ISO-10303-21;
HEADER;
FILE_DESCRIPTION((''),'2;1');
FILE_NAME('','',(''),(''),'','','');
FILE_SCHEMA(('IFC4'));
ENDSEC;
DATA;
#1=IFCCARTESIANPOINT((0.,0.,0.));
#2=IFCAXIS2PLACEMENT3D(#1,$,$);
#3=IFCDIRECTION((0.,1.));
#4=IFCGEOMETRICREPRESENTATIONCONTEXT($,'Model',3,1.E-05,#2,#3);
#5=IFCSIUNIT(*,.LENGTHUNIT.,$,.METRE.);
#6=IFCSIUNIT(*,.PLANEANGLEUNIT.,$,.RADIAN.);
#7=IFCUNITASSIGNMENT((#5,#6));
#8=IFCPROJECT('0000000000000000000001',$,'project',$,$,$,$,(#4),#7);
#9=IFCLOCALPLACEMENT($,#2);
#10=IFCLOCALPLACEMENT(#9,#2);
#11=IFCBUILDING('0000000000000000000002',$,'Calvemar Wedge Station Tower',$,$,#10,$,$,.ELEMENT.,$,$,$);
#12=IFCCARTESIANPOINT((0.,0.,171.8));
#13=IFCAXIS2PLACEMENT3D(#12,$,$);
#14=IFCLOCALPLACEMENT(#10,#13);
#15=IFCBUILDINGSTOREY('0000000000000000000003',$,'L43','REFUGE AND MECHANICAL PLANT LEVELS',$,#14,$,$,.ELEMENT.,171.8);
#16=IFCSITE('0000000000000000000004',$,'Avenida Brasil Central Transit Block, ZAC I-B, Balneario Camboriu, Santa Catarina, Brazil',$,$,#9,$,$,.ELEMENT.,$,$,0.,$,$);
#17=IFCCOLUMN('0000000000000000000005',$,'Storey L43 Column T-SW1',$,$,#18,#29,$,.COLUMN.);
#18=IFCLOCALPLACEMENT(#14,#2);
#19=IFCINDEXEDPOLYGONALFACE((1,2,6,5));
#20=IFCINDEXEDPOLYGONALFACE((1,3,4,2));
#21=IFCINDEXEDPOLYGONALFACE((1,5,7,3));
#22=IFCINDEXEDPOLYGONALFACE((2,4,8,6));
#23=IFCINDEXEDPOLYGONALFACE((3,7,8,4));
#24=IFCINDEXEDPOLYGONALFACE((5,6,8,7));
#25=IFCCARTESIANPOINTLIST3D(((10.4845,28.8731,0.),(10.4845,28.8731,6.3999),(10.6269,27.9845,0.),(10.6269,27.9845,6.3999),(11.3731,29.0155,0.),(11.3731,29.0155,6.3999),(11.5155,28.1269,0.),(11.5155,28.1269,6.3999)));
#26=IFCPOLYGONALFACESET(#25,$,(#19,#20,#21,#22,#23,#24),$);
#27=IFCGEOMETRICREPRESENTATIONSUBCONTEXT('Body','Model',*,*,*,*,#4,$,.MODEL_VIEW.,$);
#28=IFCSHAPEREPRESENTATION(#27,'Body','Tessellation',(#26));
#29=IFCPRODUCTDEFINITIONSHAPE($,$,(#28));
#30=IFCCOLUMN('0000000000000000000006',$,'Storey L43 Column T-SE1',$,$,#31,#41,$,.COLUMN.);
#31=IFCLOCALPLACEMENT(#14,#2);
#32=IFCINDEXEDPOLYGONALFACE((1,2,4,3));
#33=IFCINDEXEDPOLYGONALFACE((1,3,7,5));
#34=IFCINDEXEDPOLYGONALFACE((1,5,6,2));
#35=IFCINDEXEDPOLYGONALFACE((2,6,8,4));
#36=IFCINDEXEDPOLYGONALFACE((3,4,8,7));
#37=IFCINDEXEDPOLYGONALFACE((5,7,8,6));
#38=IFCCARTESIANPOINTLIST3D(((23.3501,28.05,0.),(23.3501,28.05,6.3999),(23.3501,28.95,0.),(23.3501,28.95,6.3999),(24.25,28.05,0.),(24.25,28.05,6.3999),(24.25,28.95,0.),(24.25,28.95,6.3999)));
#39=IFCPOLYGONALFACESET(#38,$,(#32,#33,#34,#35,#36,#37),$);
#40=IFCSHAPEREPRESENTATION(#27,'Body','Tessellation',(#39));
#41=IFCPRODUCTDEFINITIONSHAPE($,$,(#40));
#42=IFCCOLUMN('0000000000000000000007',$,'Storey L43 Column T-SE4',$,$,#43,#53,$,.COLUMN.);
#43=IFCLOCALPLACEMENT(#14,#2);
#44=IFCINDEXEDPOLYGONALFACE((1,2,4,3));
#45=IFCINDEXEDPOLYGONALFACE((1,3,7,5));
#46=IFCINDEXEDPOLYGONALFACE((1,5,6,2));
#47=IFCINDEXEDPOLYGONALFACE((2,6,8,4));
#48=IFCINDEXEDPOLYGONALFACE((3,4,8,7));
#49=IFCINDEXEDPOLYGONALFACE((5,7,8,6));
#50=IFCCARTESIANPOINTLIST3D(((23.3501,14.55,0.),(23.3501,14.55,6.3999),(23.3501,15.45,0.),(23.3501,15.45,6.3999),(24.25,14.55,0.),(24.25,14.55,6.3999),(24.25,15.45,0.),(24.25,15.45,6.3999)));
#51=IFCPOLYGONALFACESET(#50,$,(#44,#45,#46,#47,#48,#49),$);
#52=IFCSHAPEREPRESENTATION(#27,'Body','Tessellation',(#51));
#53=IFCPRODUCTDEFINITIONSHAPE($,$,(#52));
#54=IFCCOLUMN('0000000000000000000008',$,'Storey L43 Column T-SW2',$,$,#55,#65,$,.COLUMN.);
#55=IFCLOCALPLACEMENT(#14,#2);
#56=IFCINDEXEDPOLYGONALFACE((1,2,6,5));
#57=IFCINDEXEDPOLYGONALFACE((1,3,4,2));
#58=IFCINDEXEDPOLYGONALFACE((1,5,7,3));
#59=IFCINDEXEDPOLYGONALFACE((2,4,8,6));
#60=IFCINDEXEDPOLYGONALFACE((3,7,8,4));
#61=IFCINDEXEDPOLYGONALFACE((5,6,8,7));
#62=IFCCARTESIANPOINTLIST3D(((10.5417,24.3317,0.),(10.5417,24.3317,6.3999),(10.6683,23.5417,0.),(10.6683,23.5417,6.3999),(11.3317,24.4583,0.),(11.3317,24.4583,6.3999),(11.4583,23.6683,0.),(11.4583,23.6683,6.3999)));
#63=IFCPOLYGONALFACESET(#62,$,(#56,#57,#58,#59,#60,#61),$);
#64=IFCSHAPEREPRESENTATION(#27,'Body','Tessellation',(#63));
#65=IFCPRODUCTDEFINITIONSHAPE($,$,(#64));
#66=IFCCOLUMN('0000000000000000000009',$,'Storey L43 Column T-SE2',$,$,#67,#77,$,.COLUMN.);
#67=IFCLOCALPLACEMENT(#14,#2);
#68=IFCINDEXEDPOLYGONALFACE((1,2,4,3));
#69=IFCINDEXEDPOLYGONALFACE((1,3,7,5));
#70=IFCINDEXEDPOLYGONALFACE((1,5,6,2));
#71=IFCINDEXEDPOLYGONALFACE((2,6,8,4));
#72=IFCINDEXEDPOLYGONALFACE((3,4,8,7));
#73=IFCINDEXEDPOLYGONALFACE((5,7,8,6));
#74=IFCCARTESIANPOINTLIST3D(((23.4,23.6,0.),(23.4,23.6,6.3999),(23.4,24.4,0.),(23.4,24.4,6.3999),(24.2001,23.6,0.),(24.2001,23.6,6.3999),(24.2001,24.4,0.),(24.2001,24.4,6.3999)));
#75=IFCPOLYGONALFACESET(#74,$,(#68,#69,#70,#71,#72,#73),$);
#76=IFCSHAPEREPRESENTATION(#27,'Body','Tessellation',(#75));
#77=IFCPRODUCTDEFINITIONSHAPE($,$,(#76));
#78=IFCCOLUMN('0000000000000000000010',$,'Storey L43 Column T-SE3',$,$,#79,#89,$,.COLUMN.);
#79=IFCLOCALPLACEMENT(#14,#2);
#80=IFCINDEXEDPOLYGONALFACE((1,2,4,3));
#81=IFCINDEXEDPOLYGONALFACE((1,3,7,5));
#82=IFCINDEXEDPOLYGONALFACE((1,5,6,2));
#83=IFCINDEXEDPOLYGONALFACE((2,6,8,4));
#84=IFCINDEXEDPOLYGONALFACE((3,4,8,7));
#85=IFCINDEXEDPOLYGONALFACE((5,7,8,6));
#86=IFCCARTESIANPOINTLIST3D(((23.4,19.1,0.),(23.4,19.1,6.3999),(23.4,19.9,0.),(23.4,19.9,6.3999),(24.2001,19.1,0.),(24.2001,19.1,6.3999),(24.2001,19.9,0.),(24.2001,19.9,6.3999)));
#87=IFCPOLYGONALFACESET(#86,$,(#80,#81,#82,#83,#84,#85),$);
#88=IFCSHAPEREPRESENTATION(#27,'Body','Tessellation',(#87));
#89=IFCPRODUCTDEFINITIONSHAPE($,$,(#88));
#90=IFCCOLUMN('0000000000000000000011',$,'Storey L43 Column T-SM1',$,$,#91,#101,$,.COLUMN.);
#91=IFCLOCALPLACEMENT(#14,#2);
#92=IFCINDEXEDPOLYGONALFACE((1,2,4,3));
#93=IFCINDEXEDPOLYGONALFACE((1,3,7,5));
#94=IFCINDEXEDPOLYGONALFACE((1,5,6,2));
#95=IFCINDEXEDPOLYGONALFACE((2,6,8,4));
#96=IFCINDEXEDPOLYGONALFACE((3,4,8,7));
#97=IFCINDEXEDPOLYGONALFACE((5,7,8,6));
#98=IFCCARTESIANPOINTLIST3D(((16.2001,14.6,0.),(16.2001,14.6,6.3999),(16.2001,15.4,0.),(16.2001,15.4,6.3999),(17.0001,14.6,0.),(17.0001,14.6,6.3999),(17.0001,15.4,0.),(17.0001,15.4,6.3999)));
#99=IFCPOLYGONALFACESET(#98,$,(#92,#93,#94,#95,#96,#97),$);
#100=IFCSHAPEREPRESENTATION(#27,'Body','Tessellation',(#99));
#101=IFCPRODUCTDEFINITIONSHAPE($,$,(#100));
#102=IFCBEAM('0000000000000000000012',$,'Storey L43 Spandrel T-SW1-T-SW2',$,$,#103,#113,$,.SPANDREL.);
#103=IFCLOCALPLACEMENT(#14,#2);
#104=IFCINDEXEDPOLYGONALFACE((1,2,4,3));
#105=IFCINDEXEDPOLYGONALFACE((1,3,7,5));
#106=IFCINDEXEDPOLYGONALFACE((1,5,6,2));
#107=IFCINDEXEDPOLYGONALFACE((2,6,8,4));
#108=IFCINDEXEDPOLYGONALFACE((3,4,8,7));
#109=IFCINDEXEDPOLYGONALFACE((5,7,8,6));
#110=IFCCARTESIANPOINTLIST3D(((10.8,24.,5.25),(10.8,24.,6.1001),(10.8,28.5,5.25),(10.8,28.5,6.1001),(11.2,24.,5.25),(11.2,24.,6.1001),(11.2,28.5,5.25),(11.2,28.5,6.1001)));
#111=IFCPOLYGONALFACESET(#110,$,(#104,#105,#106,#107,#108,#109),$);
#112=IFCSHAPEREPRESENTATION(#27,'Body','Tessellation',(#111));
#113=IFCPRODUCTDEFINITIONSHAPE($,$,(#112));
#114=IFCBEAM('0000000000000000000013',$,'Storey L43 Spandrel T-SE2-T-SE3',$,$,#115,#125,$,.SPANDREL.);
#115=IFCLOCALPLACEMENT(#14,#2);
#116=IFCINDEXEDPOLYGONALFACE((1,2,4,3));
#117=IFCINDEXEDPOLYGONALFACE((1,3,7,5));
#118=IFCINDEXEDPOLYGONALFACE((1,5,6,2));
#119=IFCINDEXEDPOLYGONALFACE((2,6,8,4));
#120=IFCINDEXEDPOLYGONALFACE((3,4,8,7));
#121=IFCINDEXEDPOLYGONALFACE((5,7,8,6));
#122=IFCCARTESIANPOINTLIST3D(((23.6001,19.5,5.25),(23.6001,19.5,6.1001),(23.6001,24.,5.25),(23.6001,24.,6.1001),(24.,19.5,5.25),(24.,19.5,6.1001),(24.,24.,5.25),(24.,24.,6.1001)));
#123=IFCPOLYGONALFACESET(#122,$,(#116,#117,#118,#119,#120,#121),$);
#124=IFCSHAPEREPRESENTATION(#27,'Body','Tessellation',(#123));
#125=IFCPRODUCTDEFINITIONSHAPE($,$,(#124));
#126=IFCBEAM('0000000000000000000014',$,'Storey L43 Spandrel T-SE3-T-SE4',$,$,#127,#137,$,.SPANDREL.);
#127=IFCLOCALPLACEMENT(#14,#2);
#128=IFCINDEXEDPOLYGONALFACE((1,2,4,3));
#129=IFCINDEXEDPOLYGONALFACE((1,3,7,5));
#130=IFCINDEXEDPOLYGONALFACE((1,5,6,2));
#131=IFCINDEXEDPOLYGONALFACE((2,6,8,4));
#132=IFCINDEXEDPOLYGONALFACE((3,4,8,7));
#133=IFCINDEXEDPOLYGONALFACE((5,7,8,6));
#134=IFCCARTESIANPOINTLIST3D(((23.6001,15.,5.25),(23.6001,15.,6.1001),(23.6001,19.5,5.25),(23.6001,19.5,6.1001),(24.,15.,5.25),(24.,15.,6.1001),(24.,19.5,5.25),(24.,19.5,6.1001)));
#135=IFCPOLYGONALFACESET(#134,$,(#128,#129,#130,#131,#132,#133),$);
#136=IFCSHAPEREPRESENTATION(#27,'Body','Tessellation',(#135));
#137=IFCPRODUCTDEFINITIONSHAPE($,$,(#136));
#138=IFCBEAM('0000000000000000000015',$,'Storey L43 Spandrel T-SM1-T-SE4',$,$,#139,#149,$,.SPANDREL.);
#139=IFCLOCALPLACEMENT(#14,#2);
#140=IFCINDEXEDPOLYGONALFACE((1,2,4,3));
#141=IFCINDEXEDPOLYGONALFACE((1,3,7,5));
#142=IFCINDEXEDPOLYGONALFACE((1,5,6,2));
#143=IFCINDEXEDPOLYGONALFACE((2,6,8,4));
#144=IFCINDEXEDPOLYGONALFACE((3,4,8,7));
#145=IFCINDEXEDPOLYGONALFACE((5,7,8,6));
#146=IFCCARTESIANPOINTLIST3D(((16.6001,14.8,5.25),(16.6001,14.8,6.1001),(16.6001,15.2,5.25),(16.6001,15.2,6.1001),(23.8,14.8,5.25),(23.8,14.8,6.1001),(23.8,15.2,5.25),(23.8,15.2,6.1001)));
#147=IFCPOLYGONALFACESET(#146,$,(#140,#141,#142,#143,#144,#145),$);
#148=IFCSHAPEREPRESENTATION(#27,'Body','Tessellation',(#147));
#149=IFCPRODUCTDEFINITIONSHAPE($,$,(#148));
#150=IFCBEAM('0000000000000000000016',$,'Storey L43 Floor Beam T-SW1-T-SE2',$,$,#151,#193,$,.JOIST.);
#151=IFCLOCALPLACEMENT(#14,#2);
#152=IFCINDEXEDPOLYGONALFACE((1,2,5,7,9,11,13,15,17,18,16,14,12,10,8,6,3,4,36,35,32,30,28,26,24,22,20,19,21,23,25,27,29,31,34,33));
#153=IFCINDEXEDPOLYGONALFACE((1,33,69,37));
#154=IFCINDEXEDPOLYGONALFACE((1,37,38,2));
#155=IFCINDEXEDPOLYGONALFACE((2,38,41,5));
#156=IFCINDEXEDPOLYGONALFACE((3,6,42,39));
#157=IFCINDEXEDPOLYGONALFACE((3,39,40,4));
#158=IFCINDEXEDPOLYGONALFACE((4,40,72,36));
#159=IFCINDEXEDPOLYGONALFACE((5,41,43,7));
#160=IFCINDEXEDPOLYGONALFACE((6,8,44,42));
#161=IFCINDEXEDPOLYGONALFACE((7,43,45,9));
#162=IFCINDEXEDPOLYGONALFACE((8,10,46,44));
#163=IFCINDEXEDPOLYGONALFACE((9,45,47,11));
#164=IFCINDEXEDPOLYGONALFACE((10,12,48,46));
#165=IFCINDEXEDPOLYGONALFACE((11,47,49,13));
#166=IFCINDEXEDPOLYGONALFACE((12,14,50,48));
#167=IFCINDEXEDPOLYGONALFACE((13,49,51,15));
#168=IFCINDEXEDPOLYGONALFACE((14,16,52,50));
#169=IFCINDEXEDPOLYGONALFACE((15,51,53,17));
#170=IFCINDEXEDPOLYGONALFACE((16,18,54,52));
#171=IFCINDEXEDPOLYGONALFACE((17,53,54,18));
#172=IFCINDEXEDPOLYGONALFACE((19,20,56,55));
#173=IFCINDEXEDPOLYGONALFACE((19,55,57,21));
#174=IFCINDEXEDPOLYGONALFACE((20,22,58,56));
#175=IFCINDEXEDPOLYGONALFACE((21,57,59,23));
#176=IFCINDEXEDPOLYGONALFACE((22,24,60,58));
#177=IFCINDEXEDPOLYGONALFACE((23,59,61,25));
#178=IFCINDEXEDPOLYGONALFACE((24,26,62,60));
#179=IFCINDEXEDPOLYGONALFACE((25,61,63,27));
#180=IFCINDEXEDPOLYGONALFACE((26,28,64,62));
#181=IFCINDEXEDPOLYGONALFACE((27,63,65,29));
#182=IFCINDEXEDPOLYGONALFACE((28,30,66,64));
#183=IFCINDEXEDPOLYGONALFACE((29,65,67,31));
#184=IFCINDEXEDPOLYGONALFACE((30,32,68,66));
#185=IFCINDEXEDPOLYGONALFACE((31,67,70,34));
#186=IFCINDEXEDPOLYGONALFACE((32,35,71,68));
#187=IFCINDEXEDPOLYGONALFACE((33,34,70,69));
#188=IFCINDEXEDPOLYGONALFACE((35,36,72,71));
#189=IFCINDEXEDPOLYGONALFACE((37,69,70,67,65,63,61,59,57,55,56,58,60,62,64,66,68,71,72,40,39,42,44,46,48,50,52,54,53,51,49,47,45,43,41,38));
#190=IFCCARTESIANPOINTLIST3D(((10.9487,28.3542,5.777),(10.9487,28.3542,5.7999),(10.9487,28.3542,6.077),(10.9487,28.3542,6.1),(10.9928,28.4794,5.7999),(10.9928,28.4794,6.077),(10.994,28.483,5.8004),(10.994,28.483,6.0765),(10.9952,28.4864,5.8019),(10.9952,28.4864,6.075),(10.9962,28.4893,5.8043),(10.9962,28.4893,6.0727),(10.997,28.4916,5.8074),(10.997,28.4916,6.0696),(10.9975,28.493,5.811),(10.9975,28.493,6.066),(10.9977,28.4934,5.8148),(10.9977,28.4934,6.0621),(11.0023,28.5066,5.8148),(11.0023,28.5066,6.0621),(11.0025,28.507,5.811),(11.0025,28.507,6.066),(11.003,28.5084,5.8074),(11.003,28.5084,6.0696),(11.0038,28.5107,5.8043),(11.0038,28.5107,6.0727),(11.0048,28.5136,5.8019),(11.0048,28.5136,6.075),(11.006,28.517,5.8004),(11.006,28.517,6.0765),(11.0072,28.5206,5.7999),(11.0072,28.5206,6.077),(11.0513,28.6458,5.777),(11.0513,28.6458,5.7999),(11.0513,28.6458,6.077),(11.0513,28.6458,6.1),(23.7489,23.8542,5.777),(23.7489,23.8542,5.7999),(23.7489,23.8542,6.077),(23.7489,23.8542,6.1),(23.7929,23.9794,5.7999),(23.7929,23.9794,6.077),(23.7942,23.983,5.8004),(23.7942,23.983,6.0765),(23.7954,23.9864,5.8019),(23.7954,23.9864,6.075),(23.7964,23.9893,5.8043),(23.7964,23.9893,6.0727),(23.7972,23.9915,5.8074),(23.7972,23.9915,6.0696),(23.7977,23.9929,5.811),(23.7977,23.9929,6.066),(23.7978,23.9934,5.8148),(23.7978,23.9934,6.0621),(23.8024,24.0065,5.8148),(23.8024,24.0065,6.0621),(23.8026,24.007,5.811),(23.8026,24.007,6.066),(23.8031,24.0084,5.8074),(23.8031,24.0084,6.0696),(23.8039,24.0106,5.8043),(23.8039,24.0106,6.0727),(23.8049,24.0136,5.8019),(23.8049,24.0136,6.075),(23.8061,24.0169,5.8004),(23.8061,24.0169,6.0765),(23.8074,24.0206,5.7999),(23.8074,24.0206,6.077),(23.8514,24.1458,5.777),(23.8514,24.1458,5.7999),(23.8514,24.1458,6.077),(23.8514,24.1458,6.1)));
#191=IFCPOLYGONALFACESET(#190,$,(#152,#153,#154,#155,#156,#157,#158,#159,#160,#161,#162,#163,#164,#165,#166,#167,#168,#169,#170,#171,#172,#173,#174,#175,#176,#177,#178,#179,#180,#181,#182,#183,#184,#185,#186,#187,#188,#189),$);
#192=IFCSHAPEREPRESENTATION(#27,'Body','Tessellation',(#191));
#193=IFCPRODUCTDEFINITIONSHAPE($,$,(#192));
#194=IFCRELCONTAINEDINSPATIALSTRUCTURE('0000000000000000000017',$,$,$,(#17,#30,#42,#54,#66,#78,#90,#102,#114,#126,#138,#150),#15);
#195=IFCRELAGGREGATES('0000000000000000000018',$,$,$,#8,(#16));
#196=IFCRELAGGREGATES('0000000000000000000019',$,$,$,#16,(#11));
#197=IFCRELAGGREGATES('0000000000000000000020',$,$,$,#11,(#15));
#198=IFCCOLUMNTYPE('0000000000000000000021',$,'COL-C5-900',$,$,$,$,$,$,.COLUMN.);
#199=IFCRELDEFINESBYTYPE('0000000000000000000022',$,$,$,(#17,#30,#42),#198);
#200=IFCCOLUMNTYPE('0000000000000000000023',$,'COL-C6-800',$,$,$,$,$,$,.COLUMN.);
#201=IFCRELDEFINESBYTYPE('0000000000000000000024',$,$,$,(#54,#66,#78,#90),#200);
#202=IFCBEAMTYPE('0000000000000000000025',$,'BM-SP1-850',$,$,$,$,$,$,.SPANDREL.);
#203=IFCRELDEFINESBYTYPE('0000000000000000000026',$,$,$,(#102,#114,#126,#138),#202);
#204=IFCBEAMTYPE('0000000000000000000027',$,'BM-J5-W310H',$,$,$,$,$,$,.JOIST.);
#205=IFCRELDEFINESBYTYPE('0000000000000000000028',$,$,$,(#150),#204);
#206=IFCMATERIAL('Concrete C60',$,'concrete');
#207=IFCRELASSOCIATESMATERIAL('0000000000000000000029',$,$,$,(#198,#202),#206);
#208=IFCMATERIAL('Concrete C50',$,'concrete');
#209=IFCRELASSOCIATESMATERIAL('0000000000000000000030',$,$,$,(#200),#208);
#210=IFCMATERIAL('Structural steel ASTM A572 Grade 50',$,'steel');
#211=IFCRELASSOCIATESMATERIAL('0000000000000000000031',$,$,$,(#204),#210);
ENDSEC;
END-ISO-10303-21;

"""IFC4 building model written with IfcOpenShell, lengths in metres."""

from ifc_helpers import new_model, si_unit, direction, frame, origin, origin_2d, place, context, subcontext, project, spatial, rectangle, i_section, extrude, source, transform, mapped, material, material_profile, profile_set, type_object, element, save


model = new_model("IFC4")

# Units and contexts
model_context = context("Model", 3, precision=1e-05, world=origin(), true_north=direction((0.0, 1.0)))
body_context = subcontext(model_context, "Body", "Model", "MODEL_VIEW")
ifc_project = project(units=[si_unit("LENGTHUNIT", "METRE"), si_unit("PLANEANGLEUNIT", "RADIAN")], contexts=[model_context])

# Site, building, storey
site_placement = place(None, origin())
site = spatial("IfcSite", under=ifc_project, at=site_placement, Name="Avenida Brasil Central Transit Block, ZAC I-B, Balneario Camboriu, Santa Catarina, Brazil", CompositionType="ELEMENT", RefElevation=0.0)
building_placement = place(site_placement, origin())
building = spatial("IfcBuilding", under=site, at=building_placement, Name="Calvemar Wedge Station Tower", CompositionType="ELEMENT")
storey_placement = place(building_placement, frame((0.0, 0.0, 171.8)))
storey = spatial("IfcBuildingStorey", under=building, at=storey_placement, Name="L43", Description="REFUGE AND MECHANICAL PLANT LEVELS", CompositionType="ELEMENT", Elevation=171.8)

# Columns
ifc_material_1 = material(Name="Concrete C60", Category="concrete")
ifc_material_profile_1 = material_profile(ifc_material_1, rectangle(XDim=0.8999, YDim=0.8999, at=origin_2d()), Name="RC900x900")
ifc_profile_set_1 = profile_set([ifc_material_profile_1], Name="Concrete C60")
column_type_1 = type_object("IfcColumnType", Name="COL-C5-900", PredefinedType="COLUMN", material=ifc_profile_set_1)
shared_shape_1 = source(origin(), body_context, "Body", "SweptSolid", [
    extrude(rectangle(XDim=0.8999, YDim=0.8999, at=origin_2d()), origin(), (0.0, 0.0, 1.0), 6.3999),
])
for number, where, z_axis, x_axis, name in (
    (1, (11.0, 28.5, 0.0), (0.0, 0.0, 1.0), (0.158158, -0.987414, 0.0), "Storey L43 Column T-SW1"),
    (2, (23.8, 28.5, 0.0), (0.0, 0.0, 1.0), (1.0, 0.0, 0.0), "Storey L43 Column T-SE1"),
    (3, (23.8, 15.0, 0.0), (0.0, 0.0, 1.0), (1.0, 0.0, 0.0), "Storey L43 Column T-SE4"),
):
    element("IfcColumn", number, at=place(storey_placement, frame(where, z_axis=z_axis, x_axis=x_axis)), inside=storey, type_object=column_type_1, Name=name, PredefinedType="COLUMN", context=body_context, shape_type="MappedRepresentation", body=[
        mapped(shared_shape_1, transform((0.0, 0.0, 0.0), scale=1.0)),
    ])
ifc_material_2 = material(Name="Concrete C50", Category="concrete")
ifc_material_profile_2 = material_profile(ifc_material_2, rectangle(XDim=0.8, YDim=0.8, at=origin_2d()), Name="RC800x800")
ifc_profile_set_2 = profile_set([ifc_material_profile_2], Name="Concrete C50")
column_type_2 = type_object("IfcColumnType", Name="COL-C6-800", PredefinedType="COLUMN", material=ifc_profile_set_2)
shared_shape_2 = source(origin(), body_context, "Body", "SweptSolid", [
    extrude(rectangle(XDim=0.8, YDim=0.8, at=origin_2d()), origin(), (0.0, 0.0, 1.0), 6.3999),
])
for number, where, z_axis, x_axis, name in (
    (4, (11.0, 24.0, 0.0), (0.0, 0.0, 1.0), (0.158158, -0.987414, 0.0), "Storey L43 Column T-SW2"),
    (5, (23.8, 24.0, 0.0), (0.0, 0.0, 1.0), (1.0, 0.0, 0.0), "Storey L43 Column T-SE2"),
    (6, (23.8, 19.5, 0.0), (0.0, 0.0, 1.0), (1.0, 0.0, 0.0), "Storey L43 Column T-SE3"),
    (7, (16.6001, 15.0, 0.0), (0.0, 0.0, 1.0), (1.0, 0.0, 0.0), "Storey L43 Column T-SM1"),
):
    element("IfcColumn", number, at=place(storey_placement, frame(where, z_axis=z_axis, x_axis=x_axis)), inside=storey, type_object=column_type_2, Name=name, PredefinedType="COLUMN", context=body_context, shape_type="MappedRepresentation", body=[
        mapped(shared_shape_2, transform((0.0, 0.0, 0.0), scale=1.0)),
    ])

# Beams
ifc_material_profile_3 = material_profile(ifc_material_1, rectangle(XDim=0.3999, YDim=0.8501, at=origin_2d()), Name="RC400x850")
ifc_profile_set_3 = profile_set([ifc_material_profile_3], Name="Concrete C60")
beam_type_1 = type_object("IfcBeamType", Name="BM-SP1-850", PredefinedType="SPANDREL", material=ifc_profile_set_3)
shared_shape_3 = source(origin(), body_context, "Body", "SweptSolid", [
    extrude(rectangle(XDim=0.3999, YDim=0.8501, at=origin_2d()), origin(), (0.0, 0.0, 1.0), 4.5),
])
for number, where, z_axis, x_axis, name in (
    (8, (11.0, 28.5, 5.675), (0.0, -1.0, 0.0), (1.0, 0.0, 0.0), "Storey L43 Spandrel T-SW1-T-SW2"),
    (9, (23.8, 24.0, 5.675), (0.0, -1.0, 0.0), (1.0, 0.0, 0.0), "Storey L43 Spandrel T-SE2-T-SE3"),
    (10, (23.8, 19.5, 5.675), (0.0, -1.0, 0.0), (1.0, 0.0, 0.0), "Storey L43 Spandrel T-SE3-T-SE4"),
):
    element("IfcBeam", number, at=place(storey_placement, frame(where, z_axis=z_axis, x_axis=x_axis)), inside=storey, type_object=beam_type_1, Name=name, PredefinedType="SPANDREL", context=body_context, shape_type="MappedRepresentation", body=[
        mapped(shared_shape_3, transform((0.0, 0.0, 0.0), scale=1.0)),
    ])
shared_shape_4 = source(origin(), body_context, "Body", "SweptSolid", [
    extrude(rectangle(XDim=0.3999, YDim=0.8501, at=origin_2d()), origin(), (0.0, 0.0, 1.0), 7.2),
])
beam_1_placement = place(storey_placement, frame((16.6001, 15.0, 5.675), z_axis=(1.0, 0.0, 0.0), x_axis=(0.0, 1.0, 0.0)))
element("IfcBeam", 11, at=beam_1_placement, inside=storey, type_object=beam_type_1, Name="Storey L43 Spandrel T-SM1-T-SE4", PredefinedType="SPANDREL", context=body_context, shape_type="MappedRepresentation", body=[
    mapped(shared_shape_4, transform((0.0, 0.0, 0.0), scale=1.0)),
])
ifc_material_3 = material(Name="Structural steel ASTM A572 Grade 50", Category="steel")
ifc_material_profile_4 = material_profile(ifc_material_3, i_section(OverallWidth=0.3091, OverallDepth=0.323, WebThickness=0.0139, FlangeThickness=0.0229, FilletRadius=0.0149, at=origin_2d()), Name="W310x143")
ifc_profile_set_4 = profile_set([ifc_material_profile_4], Name="Structural steel ASTM A572 Grade 50")
beam_type_2 = type_object("IfcBeamType", Name="BM-J5-W310H", PredefinedType="JOIST", material=ifc_profile_set_4)
shared_shape_5 = source(origin(), body_context, "Body", "SweptSolid", [
    extrude(i_section(OverallWidth=0.3091, OverallDepth=0.323, WebThickness=0.0139, FlangeThickness=0.0229, FilletRadius=0.0149, at=origin_2d()), origin(), (0.0, 0.0, 1.0), 13.5681),
])
beam_2_placement = place(storey_placement, frame((11.0, 28.5, 5.9385), z_axis=(0.943398, -0.331662, 0.0), x_axis=(0.331662, 0.943398, 0.0)))
element("IfcBeam", 12, at=beam_2_placement, inside=storey, type_object=beam_type_2, Name="Storey L43 Floor Beam T-SW1-T-SE2", PredefinedType="JOIST", context=body_context, shape_type="MappedRepresentation", body=[
    mapped(shared_shape_5, transform((0.0, 0.0, 0.0), scale=1.0)),
])

save(model, "model.ifc")
